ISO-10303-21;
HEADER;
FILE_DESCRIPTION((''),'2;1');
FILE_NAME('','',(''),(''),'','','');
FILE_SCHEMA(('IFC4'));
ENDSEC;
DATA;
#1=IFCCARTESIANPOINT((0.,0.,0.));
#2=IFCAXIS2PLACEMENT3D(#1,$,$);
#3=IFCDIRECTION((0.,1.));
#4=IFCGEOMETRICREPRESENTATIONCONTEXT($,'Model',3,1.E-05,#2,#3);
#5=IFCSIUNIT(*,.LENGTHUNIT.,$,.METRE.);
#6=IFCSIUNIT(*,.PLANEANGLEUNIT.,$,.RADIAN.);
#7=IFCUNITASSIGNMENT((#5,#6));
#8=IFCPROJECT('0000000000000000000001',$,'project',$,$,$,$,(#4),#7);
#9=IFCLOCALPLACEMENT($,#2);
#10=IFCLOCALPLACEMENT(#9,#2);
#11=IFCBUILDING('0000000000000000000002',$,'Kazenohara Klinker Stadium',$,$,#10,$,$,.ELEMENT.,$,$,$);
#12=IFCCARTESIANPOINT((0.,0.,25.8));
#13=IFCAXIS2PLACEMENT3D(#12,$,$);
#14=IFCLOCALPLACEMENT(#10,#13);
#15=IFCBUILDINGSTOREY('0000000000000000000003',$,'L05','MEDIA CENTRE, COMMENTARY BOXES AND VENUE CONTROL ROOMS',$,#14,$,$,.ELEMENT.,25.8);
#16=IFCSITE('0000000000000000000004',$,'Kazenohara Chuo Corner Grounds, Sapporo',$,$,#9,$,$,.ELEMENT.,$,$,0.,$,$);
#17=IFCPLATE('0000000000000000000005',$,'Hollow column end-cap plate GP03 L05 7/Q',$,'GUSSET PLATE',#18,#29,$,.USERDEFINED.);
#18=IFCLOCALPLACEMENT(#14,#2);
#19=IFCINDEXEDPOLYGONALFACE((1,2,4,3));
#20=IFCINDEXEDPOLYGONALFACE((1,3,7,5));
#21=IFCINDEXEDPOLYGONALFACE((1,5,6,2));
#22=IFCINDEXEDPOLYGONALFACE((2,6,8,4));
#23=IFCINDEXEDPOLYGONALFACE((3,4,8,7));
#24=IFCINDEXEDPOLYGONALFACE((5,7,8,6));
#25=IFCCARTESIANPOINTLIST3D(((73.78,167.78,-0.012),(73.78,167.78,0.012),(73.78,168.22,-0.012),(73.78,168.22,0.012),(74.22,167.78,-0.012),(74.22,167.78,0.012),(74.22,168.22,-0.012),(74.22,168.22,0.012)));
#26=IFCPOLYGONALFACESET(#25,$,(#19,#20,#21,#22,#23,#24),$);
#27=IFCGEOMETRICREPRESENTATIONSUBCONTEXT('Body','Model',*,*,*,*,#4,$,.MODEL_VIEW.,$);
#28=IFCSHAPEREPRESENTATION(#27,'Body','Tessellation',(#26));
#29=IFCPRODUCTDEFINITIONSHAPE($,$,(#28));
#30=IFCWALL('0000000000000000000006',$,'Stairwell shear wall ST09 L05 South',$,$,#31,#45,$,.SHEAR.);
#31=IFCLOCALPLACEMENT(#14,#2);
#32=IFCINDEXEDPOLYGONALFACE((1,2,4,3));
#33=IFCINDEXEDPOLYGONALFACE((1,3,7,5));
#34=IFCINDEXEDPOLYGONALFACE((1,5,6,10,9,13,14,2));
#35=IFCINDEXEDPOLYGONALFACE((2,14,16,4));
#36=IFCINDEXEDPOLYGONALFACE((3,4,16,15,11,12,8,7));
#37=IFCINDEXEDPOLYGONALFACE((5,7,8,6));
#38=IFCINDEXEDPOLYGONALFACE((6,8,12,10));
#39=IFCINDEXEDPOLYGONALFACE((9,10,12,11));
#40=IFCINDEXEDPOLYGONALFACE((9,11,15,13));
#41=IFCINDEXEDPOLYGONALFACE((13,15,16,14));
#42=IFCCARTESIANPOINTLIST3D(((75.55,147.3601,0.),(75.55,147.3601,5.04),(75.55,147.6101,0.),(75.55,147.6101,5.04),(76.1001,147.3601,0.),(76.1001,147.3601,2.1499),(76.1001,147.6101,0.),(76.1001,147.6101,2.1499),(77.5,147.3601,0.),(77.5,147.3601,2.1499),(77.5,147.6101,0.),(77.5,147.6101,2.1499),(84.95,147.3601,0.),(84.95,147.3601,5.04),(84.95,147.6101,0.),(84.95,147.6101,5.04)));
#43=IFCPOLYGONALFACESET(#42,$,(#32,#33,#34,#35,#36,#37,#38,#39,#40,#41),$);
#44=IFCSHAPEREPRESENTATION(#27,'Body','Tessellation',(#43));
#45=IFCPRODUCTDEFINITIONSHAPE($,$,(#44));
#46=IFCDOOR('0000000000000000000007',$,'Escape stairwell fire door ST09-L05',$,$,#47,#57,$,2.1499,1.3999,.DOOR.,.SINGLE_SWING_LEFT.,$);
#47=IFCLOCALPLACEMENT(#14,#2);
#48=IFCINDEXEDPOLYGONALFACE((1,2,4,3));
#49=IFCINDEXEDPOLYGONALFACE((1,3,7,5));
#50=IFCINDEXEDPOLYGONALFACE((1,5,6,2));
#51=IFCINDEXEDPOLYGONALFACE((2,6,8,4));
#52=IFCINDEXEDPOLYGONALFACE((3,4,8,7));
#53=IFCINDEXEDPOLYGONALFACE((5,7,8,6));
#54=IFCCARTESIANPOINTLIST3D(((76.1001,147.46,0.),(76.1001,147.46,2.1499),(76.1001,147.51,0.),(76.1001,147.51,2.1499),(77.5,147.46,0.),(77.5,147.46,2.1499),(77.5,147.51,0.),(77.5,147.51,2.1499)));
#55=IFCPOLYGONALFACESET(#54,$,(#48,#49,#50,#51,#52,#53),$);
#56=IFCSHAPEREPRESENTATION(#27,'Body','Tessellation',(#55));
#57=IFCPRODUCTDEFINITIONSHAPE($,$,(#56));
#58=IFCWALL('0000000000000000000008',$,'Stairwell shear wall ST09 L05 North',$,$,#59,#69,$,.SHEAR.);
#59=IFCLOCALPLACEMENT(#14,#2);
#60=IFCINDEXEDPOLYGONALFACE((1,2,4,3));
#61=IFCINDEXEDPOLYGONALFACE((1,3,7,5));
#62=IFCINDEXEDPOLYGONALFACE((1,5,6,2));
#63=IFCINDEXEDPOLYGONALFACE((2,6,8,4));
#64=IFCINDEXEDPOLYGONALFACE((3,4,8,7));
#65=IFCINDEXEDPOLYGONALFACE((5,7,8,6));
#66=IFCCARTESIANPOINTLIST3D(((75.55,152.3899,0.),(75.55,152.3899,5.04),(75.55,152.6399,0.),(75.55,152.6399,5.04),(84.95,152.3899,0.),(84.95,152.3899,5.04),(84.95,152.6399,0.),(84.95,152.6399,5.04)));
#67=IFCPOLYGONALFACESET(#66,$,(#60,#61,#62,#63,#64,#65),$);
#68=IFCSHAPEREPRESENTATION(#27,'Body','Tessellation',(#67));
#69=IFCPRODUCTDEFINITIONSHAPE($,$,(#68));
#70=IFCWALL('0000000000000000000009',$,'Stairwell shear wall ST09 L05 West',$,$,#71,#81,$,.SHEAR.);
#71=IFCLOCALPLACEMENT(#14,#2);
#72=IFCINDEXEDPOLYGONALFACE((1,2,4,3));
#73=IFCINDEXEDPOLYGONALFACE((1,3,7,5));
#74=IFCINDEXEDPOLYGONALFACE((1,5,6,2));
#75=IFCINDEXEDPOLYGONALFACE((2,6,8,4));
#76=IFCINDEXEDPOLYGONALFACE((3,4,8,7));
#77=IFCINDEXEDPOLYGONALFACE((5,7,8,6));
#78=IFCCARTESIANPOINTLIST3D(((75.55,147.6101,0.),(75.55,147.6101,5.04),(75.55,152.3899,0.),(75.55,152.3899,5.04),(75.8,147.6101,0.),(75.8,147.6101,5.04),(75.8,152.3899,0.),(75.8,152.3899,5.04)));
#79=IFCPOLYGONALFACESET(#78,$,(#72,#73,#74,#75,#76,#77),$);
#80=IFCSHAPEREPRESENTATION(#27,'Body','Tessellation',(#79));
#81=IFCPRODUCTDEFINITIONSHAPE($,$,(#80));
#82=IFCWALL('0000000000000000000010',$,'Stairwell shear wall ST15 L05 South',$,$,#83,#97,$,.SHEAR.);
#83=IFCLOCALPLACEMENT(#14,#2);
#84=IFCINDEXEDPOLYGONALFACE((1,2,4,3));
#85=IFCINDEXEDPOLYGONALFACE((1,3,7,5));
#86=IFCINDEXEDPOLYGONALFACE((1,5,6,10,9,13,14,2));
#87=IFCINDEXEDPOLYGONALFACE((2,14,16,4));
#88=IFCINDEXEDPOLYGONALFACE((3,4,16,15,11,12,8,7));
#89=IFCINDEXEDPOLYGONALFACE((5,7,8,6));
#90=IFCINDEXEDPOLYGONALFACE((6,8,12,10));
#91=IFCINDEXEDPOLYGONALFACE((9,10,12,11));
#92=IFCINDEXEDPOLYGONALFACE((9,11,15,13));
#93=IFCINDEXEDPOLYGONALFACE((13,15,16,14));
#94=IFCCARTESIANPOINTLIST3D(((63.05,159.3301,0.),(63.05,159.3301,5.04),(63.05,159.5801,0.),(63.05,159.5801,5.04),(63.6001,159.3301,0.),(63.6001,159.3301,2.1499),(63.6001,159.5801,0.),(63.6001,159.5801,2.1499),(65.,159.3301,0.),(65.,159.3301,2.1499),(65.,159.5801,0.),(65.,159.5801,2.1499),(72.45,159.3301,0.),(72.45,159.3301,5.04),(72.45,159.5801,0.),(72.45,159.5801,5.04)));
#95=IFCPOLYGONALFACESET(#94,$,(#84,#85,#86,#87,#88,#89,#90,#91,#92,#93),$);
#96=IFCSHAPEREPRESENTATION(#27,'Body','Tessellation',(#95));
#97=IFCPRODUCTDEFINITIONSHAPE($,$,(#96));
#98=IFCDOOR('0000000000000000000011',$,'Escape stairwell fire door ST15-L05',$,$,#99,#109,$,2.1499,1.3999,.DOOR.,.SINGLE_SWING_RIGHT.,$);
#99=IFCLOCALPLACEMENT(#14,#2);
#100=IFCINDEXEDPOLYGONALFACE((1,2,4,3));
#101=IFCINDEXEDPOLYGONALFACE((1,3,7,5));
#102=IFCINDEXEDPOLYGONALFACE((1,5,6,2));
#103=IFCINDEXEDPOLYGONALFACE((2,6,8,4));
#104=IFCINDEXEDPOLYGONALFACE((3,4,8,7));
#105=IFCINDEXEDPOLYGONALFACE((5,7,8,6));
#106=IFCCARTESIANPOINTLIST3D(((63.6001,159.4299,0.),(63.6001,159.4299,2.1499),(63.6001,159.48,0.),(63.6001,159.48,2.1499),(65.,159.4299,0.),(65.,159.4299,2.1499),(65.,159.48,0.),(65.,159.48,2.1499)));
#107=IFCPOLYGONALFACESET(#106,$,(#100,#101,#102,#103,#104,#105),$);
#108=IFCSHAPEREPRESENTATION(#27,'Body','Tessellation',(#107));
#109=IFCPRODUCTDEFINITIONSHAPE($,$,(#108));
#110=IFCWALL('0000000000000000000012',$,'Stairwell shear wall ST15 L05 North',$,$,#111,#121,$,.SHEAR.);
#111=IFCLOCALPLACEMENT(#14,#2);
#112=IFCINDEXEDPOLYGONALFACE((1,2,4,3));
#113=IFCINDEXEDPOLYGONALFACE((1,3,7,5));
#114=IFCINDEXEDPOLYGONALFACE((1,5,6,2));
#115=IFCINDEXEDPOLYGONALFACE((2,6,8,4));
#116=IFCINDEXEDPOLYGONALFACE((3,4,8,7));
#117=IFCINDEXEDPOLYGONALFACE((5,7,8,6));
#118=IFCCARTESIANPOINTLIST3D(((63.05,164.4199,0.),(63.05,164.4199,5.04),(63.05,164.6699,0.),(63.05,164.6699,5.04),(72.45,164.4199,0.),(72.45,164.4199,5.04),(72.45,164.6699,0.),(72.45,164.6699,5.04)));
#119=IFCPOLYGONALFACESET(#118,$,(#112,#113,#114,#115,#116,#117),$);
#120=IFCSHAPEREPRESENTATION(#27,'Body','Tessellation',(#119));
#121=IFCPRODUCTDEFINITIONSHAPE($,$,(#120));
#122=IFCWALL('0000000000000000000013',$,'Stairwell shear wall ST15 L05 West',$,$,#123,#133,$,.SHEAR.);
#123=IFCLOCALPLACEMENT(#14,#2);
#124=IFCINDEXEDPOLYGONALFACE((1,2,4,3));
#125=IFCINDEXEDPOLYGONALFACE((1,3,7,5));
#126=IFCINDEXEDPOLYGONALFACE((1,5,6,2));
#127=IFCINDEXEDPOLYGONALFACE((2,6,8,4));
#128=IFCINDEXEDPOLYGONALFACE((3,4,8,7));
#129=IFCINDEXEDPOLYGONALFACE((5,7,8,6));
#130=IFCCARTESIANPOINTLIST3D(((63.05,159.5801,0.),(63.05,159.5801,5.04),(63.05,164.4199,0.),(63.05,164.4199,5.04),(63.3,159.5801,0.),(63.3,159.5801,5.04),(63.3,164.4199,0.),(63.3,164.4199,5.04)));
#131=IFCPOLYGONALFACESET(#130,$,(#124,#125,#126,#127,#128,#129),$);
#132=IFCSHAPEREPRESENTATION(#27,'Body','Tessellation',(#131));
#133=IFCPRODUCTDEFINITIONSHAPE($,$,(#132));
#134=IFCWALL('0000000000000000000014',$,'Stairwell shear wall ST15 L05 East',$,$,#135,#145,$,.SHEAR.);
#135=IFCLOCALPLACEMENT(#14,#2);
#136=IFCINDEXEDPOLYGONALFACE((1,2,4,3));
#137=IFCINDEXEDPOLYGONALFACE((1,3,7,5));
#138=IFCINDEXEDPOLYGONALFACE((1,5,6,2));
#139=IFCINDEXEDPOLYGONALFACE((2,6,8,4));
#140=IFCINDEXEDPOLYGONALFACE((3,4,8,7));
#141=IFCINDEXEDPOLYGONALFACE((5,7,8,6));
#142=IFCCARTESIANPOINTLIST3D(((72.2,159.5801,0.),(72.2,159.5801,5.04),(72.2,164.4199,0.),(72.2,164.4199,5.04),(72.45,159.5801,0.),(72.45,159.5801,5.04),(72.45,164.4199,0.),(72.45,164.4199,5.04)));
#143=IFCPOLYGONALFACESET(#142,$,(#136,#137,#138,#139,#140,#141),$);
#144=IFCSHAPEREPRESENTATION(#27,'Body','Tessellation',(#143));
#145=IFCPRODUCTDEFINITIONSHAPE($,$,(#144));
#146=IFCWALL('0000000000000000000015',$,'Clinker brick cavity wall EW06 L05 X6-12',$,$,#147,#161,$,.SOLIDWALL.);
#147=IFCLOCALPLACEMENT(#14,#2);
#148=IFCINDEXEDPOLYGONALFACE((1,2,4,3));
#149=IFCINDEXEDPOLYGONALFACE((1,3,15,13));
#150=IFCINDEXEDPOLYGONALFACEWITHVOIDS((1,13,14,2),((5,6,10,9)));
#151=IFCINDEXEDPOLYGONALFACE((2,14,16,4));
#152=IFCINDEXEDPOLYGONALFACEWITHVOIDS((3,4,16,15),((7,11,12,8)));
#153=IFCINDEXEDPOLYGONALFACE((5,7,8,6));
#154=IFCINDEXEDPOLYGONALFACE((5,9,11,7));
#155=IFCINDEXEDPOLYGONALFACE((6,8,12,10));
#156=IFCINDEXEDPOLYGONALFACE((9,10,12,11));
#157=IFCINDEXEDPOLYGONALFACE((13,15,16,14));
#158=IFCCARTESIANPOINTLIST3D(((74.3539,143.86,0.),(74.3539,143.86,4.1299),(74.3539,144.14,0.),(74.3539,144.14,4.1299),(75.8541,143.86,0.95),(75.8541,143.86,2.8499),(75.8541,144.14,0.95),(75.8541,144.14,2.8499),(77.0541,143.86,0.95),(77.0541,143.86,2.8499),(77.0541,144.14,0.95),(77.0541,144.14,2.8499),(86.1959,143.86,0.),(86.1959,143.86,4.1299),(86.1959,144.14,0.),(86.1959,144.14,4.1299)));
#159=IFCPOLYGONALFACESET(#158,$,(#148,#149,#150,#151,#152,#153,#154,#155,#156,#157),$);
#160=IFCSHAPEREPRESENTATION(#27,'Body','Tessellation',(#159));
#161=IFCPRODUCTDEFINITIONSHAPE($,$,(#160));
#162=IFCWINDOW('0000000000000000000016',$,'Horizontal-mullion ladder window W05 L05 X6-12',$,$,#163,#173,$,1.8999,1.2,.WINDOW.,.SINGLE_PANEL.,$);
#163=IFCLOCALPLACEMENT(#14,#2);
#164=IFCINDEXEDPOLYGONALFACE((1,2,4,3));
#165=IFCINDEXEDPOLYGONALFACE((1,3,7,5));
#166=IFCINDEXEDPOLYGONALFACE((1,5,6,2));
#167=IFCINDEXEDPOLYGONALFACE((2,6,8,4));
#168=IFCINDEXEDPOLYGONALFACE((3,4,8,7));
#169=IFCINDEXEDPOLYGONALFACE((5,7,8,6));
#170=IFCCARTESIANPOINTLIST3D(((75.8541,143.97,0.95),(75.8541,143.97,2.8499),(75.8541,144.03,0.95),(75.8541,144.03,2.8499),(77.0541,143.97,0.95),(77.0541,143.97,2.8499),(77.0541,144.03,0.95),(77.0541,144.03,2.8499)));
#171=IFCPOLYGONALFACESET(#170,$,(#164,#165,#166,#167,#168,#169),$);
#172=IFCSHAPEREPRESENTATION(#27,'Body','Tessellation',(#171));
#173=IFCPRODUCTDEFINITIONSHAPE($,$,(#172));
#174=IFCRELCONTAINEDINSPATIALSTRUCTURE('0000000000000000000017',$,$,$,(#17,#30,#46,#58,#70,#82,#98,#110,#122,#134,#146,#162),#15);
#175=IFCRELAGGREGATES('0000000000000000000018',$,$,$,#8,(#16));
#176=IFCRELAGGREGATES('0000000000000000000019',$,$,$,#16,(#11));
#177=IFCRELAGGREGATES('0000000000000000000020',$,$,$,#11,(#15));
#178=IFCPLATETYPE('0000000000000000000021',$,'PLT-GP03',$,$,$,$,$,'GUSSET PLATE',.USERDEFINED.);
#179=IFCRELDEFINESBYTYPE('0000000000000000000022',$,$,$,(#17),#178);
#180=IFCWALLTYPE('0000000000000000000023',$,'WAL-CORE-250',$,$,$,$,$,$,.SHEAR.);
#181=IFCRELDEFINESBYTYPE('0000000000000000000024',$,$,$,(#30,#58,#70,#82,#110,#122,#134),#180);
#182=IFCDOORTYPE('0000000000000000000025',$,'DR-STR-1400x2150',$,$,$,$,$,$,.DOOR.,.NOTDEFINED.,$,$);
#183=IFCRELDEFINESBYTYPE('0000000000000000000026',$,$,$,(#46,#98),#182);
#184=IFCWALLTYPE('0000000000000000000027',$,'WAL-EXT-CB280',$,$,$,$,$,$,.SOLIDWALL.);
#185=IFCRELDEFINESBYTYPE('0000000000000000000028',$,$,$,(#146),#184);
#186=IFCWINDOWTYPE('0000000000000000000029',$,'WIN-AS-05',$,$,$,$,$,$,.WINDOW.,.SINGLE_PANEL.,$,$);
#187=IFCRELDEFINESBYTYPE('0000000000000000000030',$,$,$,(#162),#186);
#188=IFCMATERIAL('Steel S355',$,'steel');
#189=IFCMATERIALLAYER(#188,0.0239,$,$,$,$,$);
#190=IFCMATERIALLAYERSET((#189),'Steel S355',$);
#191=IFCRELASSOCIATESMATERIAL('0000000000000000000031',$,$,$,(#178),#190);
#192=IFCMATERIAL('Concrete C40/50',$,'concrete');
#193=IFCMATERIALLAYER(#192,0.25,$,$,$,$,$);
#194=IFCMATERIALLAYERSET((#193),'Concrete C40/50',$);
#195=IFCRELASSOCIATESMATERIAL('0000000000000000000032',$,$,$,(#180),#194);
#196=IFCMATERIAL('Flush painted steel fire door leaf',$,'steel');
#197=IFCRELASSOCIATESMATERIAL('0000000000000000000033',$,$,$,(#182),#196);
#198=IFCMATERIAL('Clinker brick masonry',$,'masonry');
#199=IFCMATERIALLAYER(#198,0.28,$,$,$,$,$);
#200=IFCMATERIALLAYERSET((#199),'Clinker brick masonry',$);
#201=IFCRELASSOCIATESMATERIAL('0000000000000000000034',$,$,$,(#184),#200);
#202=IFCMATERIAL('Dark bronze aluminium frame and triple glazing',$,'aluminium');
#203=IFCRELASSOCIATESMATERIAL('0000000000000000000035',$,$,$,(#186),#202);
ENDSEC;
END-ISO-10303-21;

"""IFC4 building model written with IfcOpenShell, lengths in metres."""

from ifc_helpers import new_model, si_unit, direction, frame, frame_2d, origin, origin_2d, place, context, subcontext, project, spatial, rectangle, extrude, material, layer, layer_set, type_object, element, fill, save


model = new_model("IFC4")

# Units and contexts
model_context = context("Model", 3, precision=1e-05, world=origin(), true_north=direction((0.0, 1.0)))
body_context = subcontext(model_context, "Body", "Model", "MODEL_VIEW")
ifc_project = project(units=[si_unit("LENGTHUNIT", "METRE"), si_unit("PLANEANGLEUNIT", "RADIAN")], contexts=[model_context])

# Site, building, storey
site_placement = place(None, origin())
site = spatial("IfcSite", under=ifc_project, at=site_placement, Name="Kazenohara Chuo Corner Grounds, Sapporo", CompositionType="ELEMENT", RefElevation=0.0)
building_placement = place(site_placement, origin())
building = spatial("IfcBuilding", under=site, at=building_placement, Name="Kazenohara Klinker Stadium", CompositionType="ELEMENT")
storey_placement = place(building_placement, frame((0.0, 0.0, 25.8)))
storey = spatial("IfcBuildingStorey", under=building, at=storey_placement, Name="L05", Description="MEDIA CENTRE, COMMENTARY BOXES AND VENUE CONTROL ROOMS", CompositionType="ELEMENT", Elevation=25.8)

# Shared definitions
ifc_material_1 = material(Name="Concrete C40/50", Category="concrete")
ifc_material_2 = material(Name="Steel S355", Category="steel")

# Plate
ifc_layer_1 = layer(ifc_material_2, 0.0239)
ifc_layer_set_1 = layer_set([ifc_layer_1], Name="Steel S355")
plate_type = type_object("IfcPlateType", Name="PLT-GP03", ElementType="GUSSET PLATE", PredefinedType="USERDEFINED", material=ifc_layer_set_1)
plate_placement = place(storey_placement, frame((74.0, 168.0, -0.012), z_axis=(0.0, 0.0, 1.0), x_axis=(1.0, 0.0, 0.0)))
element("IfcPlate", 1, at=plate_placement, inside=storey, type_object=plate_type, Name="Hollow column end-cap plate GP03 L05 7/Q", ObjectType="GUSSET PLATE", PredefinedType="USERDEFINED", context=body_context, shape_type="SweptSolid", body=[
    extrude(rectangle(XDim=0.4399, YDim=0.4399, at=origin_2d()), origin(), (0.0, 0.0, 1.0), 0.0239),
])

# Wall, opening, door
ifc_layer_2 = layer(ifc_material_1, 0.25)
ifc_layer_set_2 = layer_set([ifc_layer_2], Name="Concrete C40/50")
wall_type_1 = type_object("IfcWallType", Name="WAL-CORE-250", PredefinedType="SHEAR", material=ifc_layer_set_2)
wall_1_placement = place(storey_placement, frame((75.55, 147.4851, 0.0), z_axis=(0.0, 0.0, 1.0), x_axis=(1.0, 0.0, 0.0)))
wall_1 = element("IfcWall", 2, at=wall_1_placement, inside=storey, type_object=wall_type_1, Name="Stairwell shear wall ST09 L05 South", PredefinedType="SHEAR", context=body_context, shape_type="SweptSolid", body=[
    extrude(rectangle(XDim=9.3999, YDim=0.25, at=frame_2d((4.7, 0.0))), origin(), (0.0, 0.0, 1.0), 5.04),
])
opening_1_placement = place(wall_1_placement, frame((0.55, 0.0, 0.0)))
opening_1 = element("IfcOpeningElement", 3, at=opening_1_placement, cuts=wall_1, PredefinedType="OPENING", context=body_context, shape_type="SweptSolid", body=[
    extrude(rectangle(XDim=1.3999, YDim=2.1499, at=frame_2d((0.7, 1.075))), frame((0.0, 0.135, 0.0), z_axis=(0.0, -1.0, 0.0), x_axis=(1.0, 0.0, 0.0)), (0.0, 0.0, 1.0), 0.27),
])
ifc_material_3 = material(Name="Flush painted steel fire door leaf", Category="steel")
door_type_1 = type_object("IfcDoorType", Name="DR-STR-1400x2150", OperationType="NOTDEFINED", PredefinedType="DOOR", material=ifc_material_3)
door_1_placement = place(opening_1_placement, origin())
door_1 = element("IfcDoor", 4, at=door_1_placement, inside=storey, type_object=door_type_1, Name="Escape stairwell fire door ST09-L05", OperationType="SINGLE_SWING_LEFT", OverallHeight=2.1499, OverallWidth=1.3999, PredefinedType="DOOR", context=body_context, shape_type="SweptSolid", body=[
    extrude(rectangle(XDim=1.3999, YDim=2.1499, at=frame_2d((0.7, 1.075))), frame((0.0, 0.0249, 0.0), z_axis=(0.0, -1.0, 0.0), x_axis=(1.0, 0.0, 0.0)), (0.0, 0.0, 1.0), 0.05),
])
fill(opening_1, door_1)

# Walls
wall_2_placement = place(storey_placement, frame((75.55, 152.5149, 0.0), z_axis=(0.0, 0.0, 1.0), x_axis=(1.0, 0.0, 0.0)))
element("IfcWall", 5, at=wall_2_placement, inside=storey, type_object=wall_type_1, Name="Stairwell shear wall ST09 L05 North", PredefinedType="SHEAR", context=body_context, shape_type="SweptSolid", body=[
    extrude(rectangle(XDim=9.3999, YDim=0.25, at=frame_2d((4.7, 0.0))), origin(), (0.0, 0.0, 1.0), 5.04),
])
wall_3_placement = place(storey_placement, frame((75.675, 147.6101, 0.0), z_axis=(0.0, 0.0, 1.0), x_axis=(0.0, 1.0, 0.0)))
element("IfcWall", 6, at=wall_3_placement, inside=storey, type_object=wall_type_1, Name="Stairwell shear wall ST09 L05 West", PredefinedType="SHEAR", context=body_context, shape_type="SweptSolid", body=[
    extrude(rectangle(XDim=4.7798, YDim=0.25, at=frame_2d((2.3899, 0.0))), origin(), (0.0, 0.0, 1.0), 5.04),
])

# Wall, opening, door
wall_4_placement = place(storey_placement, frame((63.05, 159.4551, 0.0), z_axis=(0.0, 0.0, 1.0), x_axis=(1.0, 0.0, 0.0)))
wall_4 = element("IfcWall", 7, at=wall_4_placement, inside=storey, type_object=wall_type_1, Name="Stairwell shear wall ST15 L05 South", PredefinedType="SHEAR", context=body_context, shape_type="SweptSolid", body=[
    extrude(rectangle(XDim=9.3999, YDim=0.25, at=frame_2d((4.7, 0.0))), origin(), (0.0, 0.0, 1.0), 5.04),
])
opening_2_placement = place(wall_4_placement, frame((0.55, 0.0, 0.0)))
opening_2 = element("IfcOpeningElement", 8, at=opening_2_placement, cuts=wall_4, PredefinedType="OPENING", context=body_context, shape_type="SweptSolid", body=[
    extrude(rectangle(XDim=1.3999, YDim=2.1499, at=frame_2d((0.7, 1.075))), frame((0.0, 0.135, 0.0), z_axis=(0.0, -1.0, 0.0), x_axis=(1.0, 0.0, 0.0)), (0.0, 0.0, 1.0), 0.27),
])
door_2_placement = place(opening_2_placement, origin())
door_2 = element("IfcDoor", 9, at=door_2_placement, inside=storey, type_object=door_type_1, Name="Escape stairwell fire door ST15-L05", OperationType="SINGLE_SWING_RIGHT", OverallHeight=2.1499, OverallWidth=1.3999, PredefinedType="DOOR", context=body_context, shape_type="SweptSolid", body=[
    extrude(rectangle(XDim=1.3999, YDim=2.1499, at=frame_2d((0.7, 1.075))), frame((0.0, 0.0249, 0.0), z_axis=(0.0, -1.0, 0.0), x_axis=(1.0, 0.0, 0.0)), (0.0, 0.0, 1.0), 0.05),
])
fill(opening_2, door_2)

# Walls
wall_5_placement = place(storey_placement, frame((63.05, 164.5449, 0.0), z_axis=(0.0, 0.0, 1.0), x_axis=(1.0, 0.0, 0.0)))
element("IfcWall", 10, at=wall_5_placement, inside=storey, type_object=wall_type_1, Name="Stairwell shear wall ST15 L05 North", PredefinedType="SHEAR", context=body_context, shape_type="SweptSolid", body=[
    extrude(rectangle(XDim=9.3999, YDim=0.25, at=frame_2d((4.7, 0.0))), origin(), (0.0, 0.0, 1.0), 5.04),
])
for number, where, z_axis, x_axis, name in (
    (11, (63.175, 159.5801, 0.0), (0.0, 0.0, 1.0), (0.0, 1.0, 0.0), "Stairwell shear wall ST15 L05 West"),
    (12, (72.325, 159.5801, 0.0), (0.0, 0.0, 1.0), (0.0, 1.0, 0.0), "Stairwell shear wall ST15 L05 East"),
):
    element("IfcWall", number, at=place(storey_placement, frame(where, z_axis=z_axis, x_axis=x_axis)), inside=storey, type_object=wall_type_1, Name=name, PredefinedType="SHEAR", context=body_context, shape_type="SweptSolid", body=[
        extrude(rectangle(XDim=4.8398, YDim=0.25, at=frame_2d((2.4199, 0.0))), origin(), (0.0, 0.0, 1.0), 5.04),
    ])

# Wall, opening, window
ifc_material_4 = material(Name="Clinker brick masonry", Category="masonry")
ifc_layer_3 = layer(ifc_material_4, 0.28)
ifc_layer_set_3 = layer_set([ifc_layer_3], Name="Clinker brick masonry")
wall_type_2 = type_object("IfcWallType", Name="WAL-EXT-CB280", PredefinedType="SOLIDWALL", material=ifc_layer_set_3)
wall_6_placement = place(storey_placement, frame((74.354, 144.0, 0.0), z_axis=(0.0, 0.0, 1.0), x_axis=(1.0, 0.0, 0.0)))
wall_6 = element("IfcWall", 13, at=wall_6_placement, inside=storey, type_object=wall_type_2, Name="Clinker brick cavity wall EW06 L05 X6-12", PredefinedType="SOLIDWALL", context=body_context, shape_type="SweptSolid", body=[
    extrude(rectangle(XDim=11.842, YDim=0.28, at=frame_2d((5.9209, 0.0))), origin(), (0.0, 0.0, 1.0), 4.1299),
])
opening_3_placement = place(wall_6_placement, frame((1.5, 0.0, 0.95)))
opening_3 = element("IfcOpeningElement", 14, at=opening_3_placement, cuts=wall_6, PredefinedType="OPENING", context=body_context, shape_type="SweptSolid", body=[
    extrude(rectangle(XDim=1.2, YDim=1.8999, at=frame_2d((0.6001, 0.95))), frame((0.0, 0.1499, 0.0), z_axis=(0.0, -1.0, 0.0), x_axis=(1.0, 0.0, 0.0)), (0.0, 0.0, 1.0), 0.3),
])
ifc_material_5 = material(Name="Dark bronze aluminium frame and triple glazing", Category="aluminium")
window_type_1 = type_object("IfcWindowType", Name="WIN-AS-05", PartitioningType="SINGLE_PANEL", PredefinedType="WINDOW", material=ifc_material_5)
window_1_placement = place(opening_3_placement, origin())
window_1 = element("IfcWindow", 15, at=window_1_placement, inside=storey, type_object=window_type_1, Name="Horizontal-mullion ladder window W05 L05 X6-12", OverallHeight=1.8999, OverallWidth=1.2, PartitioningType="SINGLE_PANEL", PredefinedType="WINDOW", context=body_context, shape_type="SweptSolid", body=[
    extrude(rectangle(XDim=1.2, YDim=1.8999, at=frame_2d((0.6001, 0.95))), frame((0.0, 0.03, 0.0), z_axis=(0.0, -1.0, 0.0), x_axis=(1.0, 0.0, 0.0)), (0.0, 0.0, 1.0), 0.0601),
])
fill(opening_3, window_1)

save(model, "model.ifc")
